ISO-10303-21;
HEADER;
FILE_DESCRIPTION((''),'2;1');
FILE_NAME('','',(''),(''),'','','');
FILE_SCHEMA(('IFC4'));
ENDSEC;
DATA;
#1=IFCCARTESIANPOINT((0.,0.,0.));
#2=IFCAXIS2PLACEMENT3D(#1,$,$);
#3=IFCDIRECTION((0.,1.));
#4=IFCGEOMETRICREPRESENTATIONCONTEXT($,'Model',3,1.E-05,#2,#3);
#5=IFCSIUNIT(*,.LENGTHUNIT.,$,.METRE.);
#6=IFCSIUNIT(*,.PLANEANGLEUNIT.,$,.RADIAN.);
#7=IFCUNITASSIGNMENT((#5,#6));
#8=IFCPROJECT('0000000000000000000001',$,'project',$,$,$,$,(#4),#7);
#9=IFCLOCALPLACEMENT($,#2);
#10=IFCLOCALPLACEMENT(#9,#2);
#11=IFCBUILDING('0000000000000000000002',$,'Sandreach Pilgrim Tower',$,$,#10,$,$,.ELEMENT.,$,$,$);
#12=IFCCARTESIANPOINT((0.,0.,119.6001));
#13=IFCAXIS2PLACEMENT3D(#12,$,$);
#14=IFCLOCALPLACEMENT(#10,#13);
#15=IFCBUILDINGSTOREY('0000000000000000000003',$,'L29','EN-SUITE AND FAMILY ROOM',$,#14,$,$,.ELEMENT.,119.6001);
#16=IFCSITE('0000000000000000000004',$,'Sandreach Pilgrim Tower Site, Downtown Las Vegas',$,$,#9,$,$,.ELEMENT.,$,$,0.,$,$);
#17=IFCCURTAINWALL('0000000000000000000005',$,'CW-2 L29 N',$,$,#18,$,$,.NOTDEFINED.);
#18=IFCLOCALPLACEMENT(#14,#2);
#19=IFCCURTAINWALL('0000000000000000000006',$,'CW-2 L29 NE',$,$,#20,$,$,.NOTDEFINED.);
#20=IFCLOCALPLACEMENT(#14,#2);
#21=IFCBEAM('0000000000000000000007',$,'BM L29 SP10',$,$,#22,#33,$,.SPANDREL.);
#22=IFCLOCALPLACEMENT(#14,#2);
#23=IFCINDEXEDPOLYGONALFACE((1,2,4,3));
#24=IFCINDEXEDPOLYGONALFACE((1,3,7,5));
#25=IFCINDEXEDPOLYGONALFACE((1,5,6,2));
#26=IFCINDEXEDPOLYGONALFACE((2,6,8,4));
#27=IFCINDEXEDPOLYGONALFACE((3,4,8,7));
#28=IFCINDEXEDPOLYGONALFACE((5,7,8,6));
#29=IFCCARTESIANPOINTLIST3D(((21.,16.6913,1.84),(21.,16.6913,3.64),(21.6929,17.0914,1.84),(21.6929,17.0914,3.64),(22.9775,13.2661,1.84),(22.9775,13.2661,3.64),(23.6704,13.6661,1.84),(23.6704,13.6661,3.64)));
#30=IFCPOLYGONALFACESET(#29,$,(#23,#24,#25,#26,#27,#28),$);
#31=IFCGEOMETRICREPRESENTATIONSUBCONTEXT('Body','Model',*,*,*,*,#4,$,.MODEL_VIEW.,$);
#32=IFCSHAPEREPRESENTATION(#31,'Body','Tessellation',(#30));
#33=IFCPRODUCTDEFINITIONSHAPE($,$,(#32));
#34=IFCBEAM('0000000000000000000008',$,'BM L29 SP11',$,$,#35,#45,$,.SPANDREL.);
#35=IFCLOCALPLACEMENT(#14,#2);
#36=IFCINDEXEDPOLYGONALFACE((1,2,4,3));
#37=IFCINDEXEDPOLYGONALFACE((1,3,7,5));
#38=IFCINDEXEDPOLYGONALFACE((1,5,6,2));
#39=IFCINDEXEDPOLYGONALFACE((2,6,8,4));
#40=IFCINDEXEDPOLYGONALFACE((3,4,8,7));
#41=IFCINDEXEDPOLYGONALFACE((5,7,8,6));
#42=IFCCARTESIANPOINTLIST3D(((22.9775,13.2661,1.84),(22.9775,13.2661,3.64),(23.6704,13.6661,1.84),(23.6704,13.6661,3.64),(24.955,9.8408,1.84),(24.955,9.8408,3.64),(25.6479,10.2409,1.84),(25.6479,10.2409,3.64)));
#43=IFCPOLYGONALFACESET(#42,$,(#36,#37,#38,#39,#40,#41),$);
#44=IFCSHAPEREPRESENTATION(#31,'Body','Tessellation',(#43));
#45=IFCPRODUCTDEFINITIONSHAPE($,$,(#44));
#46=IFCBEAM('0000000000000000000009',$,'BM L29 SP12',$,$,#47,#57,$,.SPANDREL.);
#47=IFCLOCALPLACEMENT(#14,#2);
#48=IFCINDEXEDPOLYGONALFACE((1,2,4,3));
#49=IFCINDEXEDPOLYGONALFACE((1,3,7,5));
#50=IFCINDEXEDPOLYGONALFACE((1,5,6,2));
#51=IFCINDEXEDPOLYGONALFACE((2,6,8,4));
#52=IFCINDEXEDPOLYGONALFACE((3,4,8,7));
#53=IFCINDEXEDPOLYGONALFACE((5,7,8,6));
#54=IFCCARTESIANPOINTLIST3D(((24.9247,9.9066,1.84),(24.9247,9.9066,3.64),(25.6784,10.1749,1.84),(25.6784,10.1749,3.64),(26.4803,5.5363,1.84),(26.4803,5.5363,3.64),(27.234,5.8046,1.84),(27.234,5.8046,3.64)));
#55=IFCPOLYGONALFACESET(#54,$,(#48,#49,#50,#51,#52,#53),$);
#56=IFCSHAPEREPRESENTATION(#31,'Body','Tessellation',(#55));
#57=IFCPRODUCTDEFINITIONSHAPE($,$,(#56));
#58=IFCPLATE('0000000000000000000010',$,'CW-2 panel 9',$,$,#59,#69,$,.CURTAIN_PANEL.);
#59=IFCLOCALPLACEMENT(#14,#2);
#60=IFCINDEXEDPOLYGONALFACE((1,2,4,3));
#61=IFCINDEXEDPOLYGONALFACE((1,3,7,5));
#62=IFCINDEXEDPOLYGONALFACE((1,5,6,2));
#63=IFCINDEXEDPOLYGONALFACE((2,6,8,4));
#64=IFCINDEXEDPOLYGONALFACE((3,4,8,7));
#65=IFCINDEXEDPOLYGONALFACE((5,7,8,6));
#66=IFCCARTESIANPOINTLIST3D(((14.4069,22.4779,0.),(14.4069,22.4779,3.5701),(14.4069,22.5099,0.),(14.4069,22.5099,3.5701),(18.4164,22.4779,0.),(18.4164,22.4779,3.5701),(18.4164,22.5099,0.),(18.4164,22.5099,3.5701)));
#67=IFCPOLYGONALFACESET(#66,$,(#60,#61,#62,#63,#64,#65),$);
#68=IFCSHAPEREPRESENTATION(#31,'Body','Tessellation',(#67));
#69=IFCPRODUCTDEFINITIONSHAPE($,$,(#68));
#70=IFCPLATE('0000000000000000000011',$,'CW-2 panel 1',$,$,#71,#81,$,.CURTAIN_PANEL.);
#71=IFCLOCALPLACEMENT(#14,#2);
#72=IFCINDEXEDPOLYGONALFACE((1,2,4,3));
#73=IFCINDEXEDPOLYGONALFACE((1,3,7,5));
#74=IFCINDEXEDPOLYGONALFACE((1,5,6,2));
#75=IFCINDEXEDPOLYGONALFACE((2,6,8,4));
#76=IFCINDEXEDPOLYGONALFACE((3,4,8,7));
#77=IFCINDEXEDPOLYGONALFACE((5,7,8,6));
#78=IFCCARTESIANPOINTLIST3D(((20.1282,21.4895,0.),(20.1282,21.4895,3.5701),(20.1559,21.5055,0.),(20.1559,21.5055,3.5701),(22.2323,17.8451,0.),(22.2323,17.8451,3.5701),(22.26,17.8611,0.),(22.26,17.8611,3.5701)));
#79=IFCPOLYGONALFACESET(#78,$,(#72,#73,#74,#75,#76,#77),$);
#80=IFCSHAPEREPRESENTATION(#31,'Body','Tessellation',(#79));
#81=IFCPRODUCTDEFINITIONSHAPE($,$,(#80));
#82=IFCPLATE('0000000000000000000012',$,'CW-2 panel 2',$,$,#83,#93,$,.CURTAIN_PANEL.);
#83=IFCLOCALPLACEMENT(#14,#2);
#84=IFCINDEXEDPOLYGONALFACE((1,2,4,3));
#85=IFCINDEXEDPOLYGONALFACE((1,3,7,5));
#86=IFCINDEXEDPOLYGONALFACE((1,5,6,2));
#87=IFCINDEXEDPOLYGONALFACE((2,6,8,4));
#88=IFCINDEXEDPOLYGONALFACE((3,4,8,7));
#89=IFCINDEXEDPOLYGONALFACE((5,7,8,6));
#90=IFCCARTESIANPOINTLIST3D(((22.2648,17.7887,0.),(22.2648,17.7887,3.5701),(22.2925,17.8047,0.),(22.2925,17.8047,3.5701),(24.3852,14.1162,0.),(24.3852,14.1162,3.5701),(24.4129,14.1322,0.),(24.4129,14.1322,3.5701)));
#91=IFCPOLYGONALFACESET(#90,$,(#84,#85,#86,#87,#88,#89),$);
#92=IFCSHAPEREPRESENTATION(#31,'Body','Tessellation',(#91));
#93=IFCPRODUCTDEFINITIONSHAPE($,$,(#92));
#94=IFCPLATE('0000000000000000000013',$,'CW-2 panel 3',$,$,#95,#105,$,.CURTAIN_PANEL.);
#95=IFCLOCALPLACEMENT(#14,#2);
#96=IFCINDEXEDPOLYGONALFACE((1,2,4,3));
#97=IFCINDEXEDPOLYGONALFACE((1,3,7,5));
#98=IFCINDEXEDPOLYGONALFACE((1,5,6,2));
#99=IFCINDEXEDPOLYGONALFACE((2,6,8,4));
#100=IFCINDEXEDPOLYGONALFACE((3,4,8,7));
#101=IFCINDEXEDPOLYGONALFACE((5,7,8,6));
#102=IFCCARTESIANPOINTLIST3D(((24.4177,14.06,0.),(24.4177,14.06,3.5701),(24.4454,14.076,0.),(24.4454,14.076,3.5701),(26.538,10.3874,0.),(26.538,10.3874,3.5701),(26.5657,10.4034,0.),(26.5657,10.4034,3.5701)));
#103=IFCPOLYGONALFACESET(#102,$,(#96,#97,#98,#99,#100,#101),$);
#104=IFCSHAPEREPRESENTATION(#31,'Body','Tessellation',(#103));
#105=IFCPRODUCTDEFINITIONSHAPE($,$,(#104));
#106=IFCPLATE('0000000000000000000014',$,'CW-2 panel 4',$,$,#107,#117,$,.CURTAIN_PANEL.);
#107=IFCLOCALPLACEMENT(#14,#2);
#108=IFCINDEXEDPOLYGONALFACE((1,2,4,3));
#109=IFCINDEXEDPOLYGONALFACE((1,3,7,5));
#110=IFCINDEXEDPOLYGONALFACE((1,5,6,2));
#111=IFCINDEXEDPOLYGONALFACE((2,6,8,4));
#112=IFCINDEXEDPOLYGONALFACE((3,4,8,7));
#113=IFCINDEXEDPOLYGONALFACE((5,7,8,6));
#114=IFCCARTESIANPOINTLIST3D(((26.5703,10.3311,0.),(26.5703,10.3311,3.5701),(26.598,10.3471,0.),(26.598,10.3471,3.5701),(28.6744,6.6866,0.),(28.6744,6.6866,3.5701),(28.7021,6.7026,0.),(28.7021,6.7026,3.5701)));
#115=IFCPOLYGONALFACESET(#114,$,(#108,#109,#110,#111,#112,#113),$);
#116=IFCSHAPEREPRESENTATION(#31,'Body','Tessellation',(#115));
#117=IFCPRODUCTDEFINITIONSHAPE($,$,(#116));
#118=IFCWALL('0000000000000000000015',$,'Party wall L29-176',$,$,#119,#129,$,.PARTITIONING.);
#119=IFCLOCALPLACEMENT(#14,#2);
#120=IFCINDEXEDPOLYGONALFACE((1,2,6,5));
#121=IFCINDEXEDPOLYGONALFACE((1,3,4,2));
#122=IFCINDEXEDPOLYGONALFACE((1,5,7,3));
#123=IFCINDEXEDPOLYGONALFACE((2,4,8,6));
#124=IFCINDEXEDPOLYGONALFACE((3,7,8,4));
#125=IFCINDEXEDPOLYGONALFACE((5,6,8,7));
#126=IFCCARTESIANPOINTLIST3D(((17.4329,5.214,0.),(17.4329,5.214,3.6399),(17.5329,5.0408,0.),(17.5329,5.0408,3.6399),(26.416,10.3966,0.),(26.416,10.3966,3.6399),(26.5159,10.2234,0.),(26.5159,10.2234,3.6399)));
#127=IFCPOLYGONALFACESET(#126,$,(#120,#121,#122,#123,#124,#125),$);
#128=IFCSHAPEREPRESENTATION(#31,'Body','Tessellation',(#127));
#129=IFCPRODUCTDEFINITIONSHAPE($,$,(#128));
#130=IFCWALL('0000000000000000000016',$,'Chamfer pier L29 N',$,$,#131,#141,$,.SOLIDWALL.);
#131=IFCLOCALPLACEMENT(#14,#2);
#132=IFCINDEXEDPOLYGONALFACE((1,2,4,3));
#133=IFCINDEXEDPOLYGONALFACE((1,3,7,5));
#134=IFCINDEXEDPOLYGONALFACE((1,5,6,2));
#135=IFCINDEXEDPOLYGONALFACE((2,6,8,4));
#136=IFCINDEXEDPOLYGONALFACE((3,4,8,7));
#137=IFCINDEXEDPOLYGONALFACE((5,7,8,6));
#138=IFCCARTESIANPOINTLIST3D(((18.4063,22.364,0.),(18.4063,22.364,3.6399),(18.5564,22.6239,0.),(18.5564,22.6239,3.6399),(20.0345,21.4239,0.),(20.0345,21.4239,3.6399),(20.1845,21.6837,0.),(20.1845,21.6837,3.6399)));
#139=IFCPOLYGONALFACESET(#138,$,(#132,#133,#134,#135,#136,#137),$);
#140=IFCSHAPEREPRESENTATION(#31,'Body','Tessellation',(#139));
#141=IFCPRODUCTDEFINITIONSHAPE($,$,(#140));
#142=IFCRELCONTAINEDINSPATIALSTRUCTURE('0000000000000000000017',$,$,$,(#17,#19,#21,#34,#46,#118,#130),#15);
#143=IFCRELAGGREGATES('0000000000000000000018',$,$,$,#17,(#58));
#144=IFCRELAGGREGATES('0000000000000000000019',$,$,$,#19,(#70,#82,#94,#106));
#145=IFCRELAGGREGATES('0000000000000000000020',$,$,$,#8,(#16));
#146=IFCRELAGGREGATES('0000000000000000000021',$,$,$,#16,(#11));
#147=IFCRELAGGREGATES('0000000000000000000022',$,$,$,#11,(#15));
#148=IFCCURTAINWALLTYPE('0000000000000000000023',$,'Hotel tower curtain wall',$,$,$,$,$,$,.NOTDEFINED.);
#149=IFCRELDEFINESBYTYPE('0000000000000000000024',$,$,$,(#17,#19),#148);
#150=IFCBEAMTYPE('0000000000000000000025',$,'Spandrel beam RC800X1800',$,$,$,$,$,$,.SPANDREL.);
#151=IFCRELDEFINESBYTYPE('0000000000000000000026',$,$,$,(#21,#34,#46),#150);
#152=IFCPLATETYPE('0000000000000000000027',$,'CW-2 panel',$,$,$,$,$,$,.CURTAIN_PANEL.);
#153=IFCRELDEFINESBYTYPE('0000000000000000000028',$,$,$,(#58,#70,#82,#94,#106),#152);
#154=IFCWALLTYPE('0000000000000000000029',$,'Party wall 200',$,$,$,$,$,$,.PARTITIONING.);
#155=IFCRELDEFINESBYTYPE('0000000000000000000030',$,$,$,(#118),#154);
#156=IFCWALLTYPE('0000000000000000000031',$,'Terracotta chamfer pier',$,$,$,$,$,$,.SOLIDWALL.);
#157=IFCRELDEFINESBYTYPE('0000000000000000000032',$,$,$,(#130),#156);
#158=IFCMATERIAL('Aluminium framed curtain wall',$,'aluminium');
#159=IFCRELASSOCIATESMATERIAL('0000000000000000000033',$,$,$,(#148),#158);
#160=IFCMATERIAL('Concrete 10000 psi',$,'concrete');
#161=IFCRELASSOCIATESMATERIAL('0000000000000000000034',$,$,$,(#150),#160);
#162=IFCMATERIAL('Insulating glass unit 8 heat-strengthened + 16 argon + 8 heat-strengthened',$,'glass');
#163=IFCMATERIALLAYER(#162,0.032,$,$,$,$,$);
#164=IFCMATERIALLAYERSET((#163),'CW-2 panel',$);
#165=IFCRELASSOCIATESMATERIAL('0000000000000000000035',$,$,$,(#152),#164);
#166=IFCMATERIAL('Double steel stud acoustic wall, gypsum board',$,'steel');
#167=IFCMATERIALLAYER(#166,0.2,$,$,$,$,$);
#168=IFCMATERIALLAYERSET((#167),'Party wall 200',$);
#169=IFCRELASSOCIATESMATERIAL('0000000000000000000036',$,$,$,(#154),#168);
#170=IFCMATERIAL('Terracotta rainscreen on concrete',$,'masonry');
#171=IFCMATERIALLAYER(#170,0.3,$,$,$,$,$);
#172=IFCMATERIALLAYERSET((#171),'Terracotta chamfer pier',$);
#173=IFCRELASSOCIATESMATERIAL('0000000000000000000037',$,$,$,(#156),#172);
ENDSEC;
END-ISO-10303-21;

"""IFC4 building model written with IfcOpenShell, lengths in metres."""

from ifc_helpers import new_model, si_unit, direction, frame, frame_2d, origin, origin_2d, place, context, subcontext, project, spatial, rectangle, extrude, material, layer, layer_set, material_profile, profile_set, type_object, element, aggregate, save


model = new_model("IFC4")

# Units and contexts
model_context = context("Model", 3, precision=1e-05, world=origin(), true_north=direction((0.0, 1.0)))
body_context = subcontext(model_context, "Body", "Model", "MODEL_VIEW")
ifc_project = project(units=[si_unit("LENGTHUNIT", "METRE"), si_unit("PLANEANGLEUNIT", "RADIAN")], contexts=[model_context])

# Site, building, storey
site_placement = place(None, origin())
site = spatial("IfcSite", under=ifc_project, at=site_placement, Name="Sandreach Pilgrim Tower Site, Downtown Las Vegas", CompositionType="ELEMENT", RefElevation=0.0)
building_placement = place(site_placement, origin())
building = spatial("IfcBuilding", under=site, at=building_placement, Name="Sandreach Pilgrim Tower", CompositionType="ELEMENT")
storey_placement = place(building_placement, frame((0.0, 0.0, 119.6001)))
storey = spatial("IfcBuildingStorey", under=building, at=storey_placement, Name="L29", Description="EN-SUITE AND FAMILY ROOM", CompositionType="ELEMENT", Elevation=119.6001)

# Curtain wall
ifc_material_1 = material(Name="Aluminium framed curtain wall", Category="aluminium")
curtain_wall_type = type_object("IfcCurtainWallType", Name="Hotel tower curtain wall", PredefinedType="NOTDEFINED", material=ifc_material_1)
curtain_wall_1_placement = place(storey_placement, origin())
curtain_wall_1 = element("IfcCurtainWall", 1, at=curtain_wall_1_placement, inside=storey, type_object=curtain_wall_type, Name="CW-2 L29 N", PredefinedType="NOTDEFINED")

# Curtain wall
curtain_wall_2_placement = place(storey_placement, origin())
curtain_wall_2 = element("IfcCurtainWall", 2, at=curtain_wall_2_placement, inside=storey, type_object=curtain_wall_type, Name="CW-2 L29 NE", PredefinedType="NOTDEFINED")

# Beams
ifc_material_2 = material(Name="Concrete 10000 psi", Category="concrete")
ifc_material_profile_1 = material_profile(ifc_material_2, rectangle(XDim=0.8, YDim=1.8, at=origin_2d()), Name="RC800X1800")
ifc_profile_set_1 = profile_set([ifc_material_profile_1], Name="Concrete 10000 psi")
beam_type_1 = type_object("IfcBeamType", Name="Spandrel beam RC800X1800", PredefinedType="SPANDREL", material=ifc_profile_set_1)
for number, where, z_axis, x_axis, name in (
    (3, (21.3464, 16.8914, 2.74), (0.49999, -0.866031, 0.0), (0.866031, 0.49999, 0.0), "BM L29 SP10"),
    (4, (23.324, 13.4661, 2.74), (0.49999, -0.866031, 0.0), (0.866031, 0.49999, 0.0), "BM L29 SP11"),
):
    element("IfcBeam", number, at=place(storey_placement, frame(where, z_axis=z_axis, x_axis=x_axis)), inside=storey, type_object=beam_type_1, Name=name, PredefinedType="SPANDREL", context=body_context, shape_type="SweptSolid", body=[
        extrude(rectangle(XDim=0.8, YDim=1.8, at=origin_2d()), origin(), (0.0, 0.0, 1.0), 3.9551),
    ])
beam_1_placement = place(storey_placement, frame((25.3015, 10.0408, 2.74), z_axis=(0.335346, -0.942095, 0.0), x_axis=(0.942095, 0.335346, 0.0)))
element("IfcBeam", 5, at=beam_1_placement, inside=storey, type_object=beam_type_1, Name="BM L29 SP12", PredefinedType="SPANDREL", context=body_context, shape_type="SweptSolid", body=[
    extrude(rectangle(XDim=0.8, YDim=1.8, at=origin_2d()), origin(), (0.0, 0.0, 1.0), 4.6389),
])

# Plates
ifc_material_3 = material(Name="Insulating glass unit 8 heat-strengthened + 16 argon + 8 heat-strengthened", Category="glass")
ifc_layer_1 = layer(ifc_material_3, 0.032)
ifc_layer_set_1 = layer_set([ifc_layer_1], Name="CW-2 panel")
plate_type = type_object("IfcPlateType", Name="CW-2 panel", PredefinedType="CURTAIN_PANEL", material=ifc_layer_set_1)
plate_1_placement = place(storey_placement, frame((16.4116, 22.4939, 0.0), z_axis=(0.0, 0.0, 1.0), x_axis=(1.0, 0.0, 0.0)))
plate_1 = element("IfcPlate", 6, at=plate_1_placement, type_object=plate_type, Name="CW-2 panel 9", PredefinedType="CURTAIN_PANEL", context=body_context, shape_type="SweptSolid", body=[
    extrude(rectangle(XDim=4.0095, YDim=0.032, at=origin_2d()), origin(), (0.0, 0.0, 1.0), 3.5701),
])
aggregate(curtain_wall_1, [plate_1])
plate_2_placement = place(storey_placement, frame((21.1941, 19.6753, 0.0), z_axis=(0.0, 0.0, 1.0), x_axis=(0.5, -0.866025, 0.0)))
plate_2 = element("IfcPlate", 7, at=plate_2_placement, type_object=plate_type, Name="CW-2 panel 1", PredefinedType="CURTAIN_PANEL", context=body_context, shape_type="SweptSolid", body=[
    extrude(rectangle(XDim=4.2083, YDim=0.032, at=origin_2d()), origin(), (0.0, 0.0, 1.0), 3.5701),
])
plate_3_placement = place(storey_placement, frame((23.3389, 15.9604, 0.0), z_axis=(0.0, 0.0, 1.0), x_axis=(0.5, -0.866025, 0.0)))
plate_3 = element("IfcPlate", 8, at=plate_3_placement, type_object=plate_type, Name="CW-2 panel 2", PredefinedType="CURTAIN_PANEL", context=body_context, shape_type="SweptSolid", body=[
    extrude(rectangle(XDim=4.2407, YDim=0.032, at=origin_2d()), origin(), (0.0, 0.0, 1.0), 3.5701),
])
plate_4_placement = place(storey_placement, frame((25.4917, 12.2317, 0.0), z_axis=(0.0, 0.0, 1.0), x_axis=(0.5, -0.866025, 0.0)))
plate_4 = element("IfcPlate", 9, at=plate_4_placement, type_object=plate_type, Name="CW-2 panel 3", PredefinedType="CURTAIN_PANEL", context=body_context, shape_type="SweptSolid", body=[
    extrude(rectangle(XDim=4.2407, YDim=0.032, at=origin_2d()), origin(), (0.0, 0.0, 1.0), 3.5701),
])
plate_5_placement = place(storey_placement, frame((27.6362, 8.5168, 0.0), z_axis=(0.0, 0.0, 1.0), x_axis=(0.5, -0.866025, 0.0)))
plate_5 = element("IfcPlate", 10, at=plate_5_placement, type_object=plate_type, Name="CW-2 panel 4", PredefinedType="CURTAIN_PANEL", context=body_context, shape_type="SweptSolid", body=[
    extrude(rectangle(XDim=4.2083, YDim=0.032, at=origin_2d()), origin(), (0.0, 0.0, 1.0), 3.5701),
])
aggregate(curtain_wall_2, [plate_2, plate_3, plate_4, plate_5])

# Walls
ifc_material_4 = material(Name="Double steel stud acoustic wall, gypsum board", Category="steel")
ifc_layer_2 = layer(ifc_material_4, 0.2)
ifc_layer_set_2 = layer_set([ifc_layer_2], Name="Party wall 200")
wall_type_1 = type_object("IfcWallType", Name="Party wall 200", PredefinedType="PARTITIONING", material=ifc_layer_set_2)
wall_1_placement = place(storey_placement, frame((26.4661, 10.3101, 0.0), z_axis=(0.0, 0.0, 1.0), x_axis=(-0.866184, -0.499724, 0.0)))
element("IfcWall", 11, at=wall_1_placement, inside=storey, type_object=wall_type_1, Name="Party wall L29-176", PredefinedType="PARTITIONING", context=body_context, shape_type="SweptSolid", body=[
    extrude(rectangle(XDim=10.3708, YDim=0.2, at=frame_2d((5.1855, 0.0))), origin(), (0.0, 0.0, 1.0), 3.6399),
])
ifc_material_5 = material(Name="Terracotta rainscreen on concrete", Category="masonry")
ifc_layer_3 = layer(ifc_material_5, 0.3)
ifc_layer_set_3 = layer_set([ifc_layer_3], Name="Terracotta chamfer pier")
wall_type_2 = type_object("IfcWallType", Name="Terracotta chamfer pier", PredefinedType="SOLIDWALL", material=ifc_layer_set_3)
wall_2_placement = place(storey_placement, frame((18.4814, 22.4939, 0.0), z_axis=(0.0, 0.0, 1.0), x_axis=(0.865989, -0.500063, 0.0)))
element("IfcWall", 12, at=wall_2_placement, inside=storey, type_object=wall_type_2, Name="Chamfer pier L29 N", PredefinedType="SOLIDWALL", context=body_context, shape_type="SweptSolid", body=[
    extrude(rectangle(XDim=1.8801, YDim=0.3, at=frame_2d((0.9399, 0.0))), origin(), (0.0, 0.0, 1.0), 3.6399),
])

save(model, "model.ifc")
